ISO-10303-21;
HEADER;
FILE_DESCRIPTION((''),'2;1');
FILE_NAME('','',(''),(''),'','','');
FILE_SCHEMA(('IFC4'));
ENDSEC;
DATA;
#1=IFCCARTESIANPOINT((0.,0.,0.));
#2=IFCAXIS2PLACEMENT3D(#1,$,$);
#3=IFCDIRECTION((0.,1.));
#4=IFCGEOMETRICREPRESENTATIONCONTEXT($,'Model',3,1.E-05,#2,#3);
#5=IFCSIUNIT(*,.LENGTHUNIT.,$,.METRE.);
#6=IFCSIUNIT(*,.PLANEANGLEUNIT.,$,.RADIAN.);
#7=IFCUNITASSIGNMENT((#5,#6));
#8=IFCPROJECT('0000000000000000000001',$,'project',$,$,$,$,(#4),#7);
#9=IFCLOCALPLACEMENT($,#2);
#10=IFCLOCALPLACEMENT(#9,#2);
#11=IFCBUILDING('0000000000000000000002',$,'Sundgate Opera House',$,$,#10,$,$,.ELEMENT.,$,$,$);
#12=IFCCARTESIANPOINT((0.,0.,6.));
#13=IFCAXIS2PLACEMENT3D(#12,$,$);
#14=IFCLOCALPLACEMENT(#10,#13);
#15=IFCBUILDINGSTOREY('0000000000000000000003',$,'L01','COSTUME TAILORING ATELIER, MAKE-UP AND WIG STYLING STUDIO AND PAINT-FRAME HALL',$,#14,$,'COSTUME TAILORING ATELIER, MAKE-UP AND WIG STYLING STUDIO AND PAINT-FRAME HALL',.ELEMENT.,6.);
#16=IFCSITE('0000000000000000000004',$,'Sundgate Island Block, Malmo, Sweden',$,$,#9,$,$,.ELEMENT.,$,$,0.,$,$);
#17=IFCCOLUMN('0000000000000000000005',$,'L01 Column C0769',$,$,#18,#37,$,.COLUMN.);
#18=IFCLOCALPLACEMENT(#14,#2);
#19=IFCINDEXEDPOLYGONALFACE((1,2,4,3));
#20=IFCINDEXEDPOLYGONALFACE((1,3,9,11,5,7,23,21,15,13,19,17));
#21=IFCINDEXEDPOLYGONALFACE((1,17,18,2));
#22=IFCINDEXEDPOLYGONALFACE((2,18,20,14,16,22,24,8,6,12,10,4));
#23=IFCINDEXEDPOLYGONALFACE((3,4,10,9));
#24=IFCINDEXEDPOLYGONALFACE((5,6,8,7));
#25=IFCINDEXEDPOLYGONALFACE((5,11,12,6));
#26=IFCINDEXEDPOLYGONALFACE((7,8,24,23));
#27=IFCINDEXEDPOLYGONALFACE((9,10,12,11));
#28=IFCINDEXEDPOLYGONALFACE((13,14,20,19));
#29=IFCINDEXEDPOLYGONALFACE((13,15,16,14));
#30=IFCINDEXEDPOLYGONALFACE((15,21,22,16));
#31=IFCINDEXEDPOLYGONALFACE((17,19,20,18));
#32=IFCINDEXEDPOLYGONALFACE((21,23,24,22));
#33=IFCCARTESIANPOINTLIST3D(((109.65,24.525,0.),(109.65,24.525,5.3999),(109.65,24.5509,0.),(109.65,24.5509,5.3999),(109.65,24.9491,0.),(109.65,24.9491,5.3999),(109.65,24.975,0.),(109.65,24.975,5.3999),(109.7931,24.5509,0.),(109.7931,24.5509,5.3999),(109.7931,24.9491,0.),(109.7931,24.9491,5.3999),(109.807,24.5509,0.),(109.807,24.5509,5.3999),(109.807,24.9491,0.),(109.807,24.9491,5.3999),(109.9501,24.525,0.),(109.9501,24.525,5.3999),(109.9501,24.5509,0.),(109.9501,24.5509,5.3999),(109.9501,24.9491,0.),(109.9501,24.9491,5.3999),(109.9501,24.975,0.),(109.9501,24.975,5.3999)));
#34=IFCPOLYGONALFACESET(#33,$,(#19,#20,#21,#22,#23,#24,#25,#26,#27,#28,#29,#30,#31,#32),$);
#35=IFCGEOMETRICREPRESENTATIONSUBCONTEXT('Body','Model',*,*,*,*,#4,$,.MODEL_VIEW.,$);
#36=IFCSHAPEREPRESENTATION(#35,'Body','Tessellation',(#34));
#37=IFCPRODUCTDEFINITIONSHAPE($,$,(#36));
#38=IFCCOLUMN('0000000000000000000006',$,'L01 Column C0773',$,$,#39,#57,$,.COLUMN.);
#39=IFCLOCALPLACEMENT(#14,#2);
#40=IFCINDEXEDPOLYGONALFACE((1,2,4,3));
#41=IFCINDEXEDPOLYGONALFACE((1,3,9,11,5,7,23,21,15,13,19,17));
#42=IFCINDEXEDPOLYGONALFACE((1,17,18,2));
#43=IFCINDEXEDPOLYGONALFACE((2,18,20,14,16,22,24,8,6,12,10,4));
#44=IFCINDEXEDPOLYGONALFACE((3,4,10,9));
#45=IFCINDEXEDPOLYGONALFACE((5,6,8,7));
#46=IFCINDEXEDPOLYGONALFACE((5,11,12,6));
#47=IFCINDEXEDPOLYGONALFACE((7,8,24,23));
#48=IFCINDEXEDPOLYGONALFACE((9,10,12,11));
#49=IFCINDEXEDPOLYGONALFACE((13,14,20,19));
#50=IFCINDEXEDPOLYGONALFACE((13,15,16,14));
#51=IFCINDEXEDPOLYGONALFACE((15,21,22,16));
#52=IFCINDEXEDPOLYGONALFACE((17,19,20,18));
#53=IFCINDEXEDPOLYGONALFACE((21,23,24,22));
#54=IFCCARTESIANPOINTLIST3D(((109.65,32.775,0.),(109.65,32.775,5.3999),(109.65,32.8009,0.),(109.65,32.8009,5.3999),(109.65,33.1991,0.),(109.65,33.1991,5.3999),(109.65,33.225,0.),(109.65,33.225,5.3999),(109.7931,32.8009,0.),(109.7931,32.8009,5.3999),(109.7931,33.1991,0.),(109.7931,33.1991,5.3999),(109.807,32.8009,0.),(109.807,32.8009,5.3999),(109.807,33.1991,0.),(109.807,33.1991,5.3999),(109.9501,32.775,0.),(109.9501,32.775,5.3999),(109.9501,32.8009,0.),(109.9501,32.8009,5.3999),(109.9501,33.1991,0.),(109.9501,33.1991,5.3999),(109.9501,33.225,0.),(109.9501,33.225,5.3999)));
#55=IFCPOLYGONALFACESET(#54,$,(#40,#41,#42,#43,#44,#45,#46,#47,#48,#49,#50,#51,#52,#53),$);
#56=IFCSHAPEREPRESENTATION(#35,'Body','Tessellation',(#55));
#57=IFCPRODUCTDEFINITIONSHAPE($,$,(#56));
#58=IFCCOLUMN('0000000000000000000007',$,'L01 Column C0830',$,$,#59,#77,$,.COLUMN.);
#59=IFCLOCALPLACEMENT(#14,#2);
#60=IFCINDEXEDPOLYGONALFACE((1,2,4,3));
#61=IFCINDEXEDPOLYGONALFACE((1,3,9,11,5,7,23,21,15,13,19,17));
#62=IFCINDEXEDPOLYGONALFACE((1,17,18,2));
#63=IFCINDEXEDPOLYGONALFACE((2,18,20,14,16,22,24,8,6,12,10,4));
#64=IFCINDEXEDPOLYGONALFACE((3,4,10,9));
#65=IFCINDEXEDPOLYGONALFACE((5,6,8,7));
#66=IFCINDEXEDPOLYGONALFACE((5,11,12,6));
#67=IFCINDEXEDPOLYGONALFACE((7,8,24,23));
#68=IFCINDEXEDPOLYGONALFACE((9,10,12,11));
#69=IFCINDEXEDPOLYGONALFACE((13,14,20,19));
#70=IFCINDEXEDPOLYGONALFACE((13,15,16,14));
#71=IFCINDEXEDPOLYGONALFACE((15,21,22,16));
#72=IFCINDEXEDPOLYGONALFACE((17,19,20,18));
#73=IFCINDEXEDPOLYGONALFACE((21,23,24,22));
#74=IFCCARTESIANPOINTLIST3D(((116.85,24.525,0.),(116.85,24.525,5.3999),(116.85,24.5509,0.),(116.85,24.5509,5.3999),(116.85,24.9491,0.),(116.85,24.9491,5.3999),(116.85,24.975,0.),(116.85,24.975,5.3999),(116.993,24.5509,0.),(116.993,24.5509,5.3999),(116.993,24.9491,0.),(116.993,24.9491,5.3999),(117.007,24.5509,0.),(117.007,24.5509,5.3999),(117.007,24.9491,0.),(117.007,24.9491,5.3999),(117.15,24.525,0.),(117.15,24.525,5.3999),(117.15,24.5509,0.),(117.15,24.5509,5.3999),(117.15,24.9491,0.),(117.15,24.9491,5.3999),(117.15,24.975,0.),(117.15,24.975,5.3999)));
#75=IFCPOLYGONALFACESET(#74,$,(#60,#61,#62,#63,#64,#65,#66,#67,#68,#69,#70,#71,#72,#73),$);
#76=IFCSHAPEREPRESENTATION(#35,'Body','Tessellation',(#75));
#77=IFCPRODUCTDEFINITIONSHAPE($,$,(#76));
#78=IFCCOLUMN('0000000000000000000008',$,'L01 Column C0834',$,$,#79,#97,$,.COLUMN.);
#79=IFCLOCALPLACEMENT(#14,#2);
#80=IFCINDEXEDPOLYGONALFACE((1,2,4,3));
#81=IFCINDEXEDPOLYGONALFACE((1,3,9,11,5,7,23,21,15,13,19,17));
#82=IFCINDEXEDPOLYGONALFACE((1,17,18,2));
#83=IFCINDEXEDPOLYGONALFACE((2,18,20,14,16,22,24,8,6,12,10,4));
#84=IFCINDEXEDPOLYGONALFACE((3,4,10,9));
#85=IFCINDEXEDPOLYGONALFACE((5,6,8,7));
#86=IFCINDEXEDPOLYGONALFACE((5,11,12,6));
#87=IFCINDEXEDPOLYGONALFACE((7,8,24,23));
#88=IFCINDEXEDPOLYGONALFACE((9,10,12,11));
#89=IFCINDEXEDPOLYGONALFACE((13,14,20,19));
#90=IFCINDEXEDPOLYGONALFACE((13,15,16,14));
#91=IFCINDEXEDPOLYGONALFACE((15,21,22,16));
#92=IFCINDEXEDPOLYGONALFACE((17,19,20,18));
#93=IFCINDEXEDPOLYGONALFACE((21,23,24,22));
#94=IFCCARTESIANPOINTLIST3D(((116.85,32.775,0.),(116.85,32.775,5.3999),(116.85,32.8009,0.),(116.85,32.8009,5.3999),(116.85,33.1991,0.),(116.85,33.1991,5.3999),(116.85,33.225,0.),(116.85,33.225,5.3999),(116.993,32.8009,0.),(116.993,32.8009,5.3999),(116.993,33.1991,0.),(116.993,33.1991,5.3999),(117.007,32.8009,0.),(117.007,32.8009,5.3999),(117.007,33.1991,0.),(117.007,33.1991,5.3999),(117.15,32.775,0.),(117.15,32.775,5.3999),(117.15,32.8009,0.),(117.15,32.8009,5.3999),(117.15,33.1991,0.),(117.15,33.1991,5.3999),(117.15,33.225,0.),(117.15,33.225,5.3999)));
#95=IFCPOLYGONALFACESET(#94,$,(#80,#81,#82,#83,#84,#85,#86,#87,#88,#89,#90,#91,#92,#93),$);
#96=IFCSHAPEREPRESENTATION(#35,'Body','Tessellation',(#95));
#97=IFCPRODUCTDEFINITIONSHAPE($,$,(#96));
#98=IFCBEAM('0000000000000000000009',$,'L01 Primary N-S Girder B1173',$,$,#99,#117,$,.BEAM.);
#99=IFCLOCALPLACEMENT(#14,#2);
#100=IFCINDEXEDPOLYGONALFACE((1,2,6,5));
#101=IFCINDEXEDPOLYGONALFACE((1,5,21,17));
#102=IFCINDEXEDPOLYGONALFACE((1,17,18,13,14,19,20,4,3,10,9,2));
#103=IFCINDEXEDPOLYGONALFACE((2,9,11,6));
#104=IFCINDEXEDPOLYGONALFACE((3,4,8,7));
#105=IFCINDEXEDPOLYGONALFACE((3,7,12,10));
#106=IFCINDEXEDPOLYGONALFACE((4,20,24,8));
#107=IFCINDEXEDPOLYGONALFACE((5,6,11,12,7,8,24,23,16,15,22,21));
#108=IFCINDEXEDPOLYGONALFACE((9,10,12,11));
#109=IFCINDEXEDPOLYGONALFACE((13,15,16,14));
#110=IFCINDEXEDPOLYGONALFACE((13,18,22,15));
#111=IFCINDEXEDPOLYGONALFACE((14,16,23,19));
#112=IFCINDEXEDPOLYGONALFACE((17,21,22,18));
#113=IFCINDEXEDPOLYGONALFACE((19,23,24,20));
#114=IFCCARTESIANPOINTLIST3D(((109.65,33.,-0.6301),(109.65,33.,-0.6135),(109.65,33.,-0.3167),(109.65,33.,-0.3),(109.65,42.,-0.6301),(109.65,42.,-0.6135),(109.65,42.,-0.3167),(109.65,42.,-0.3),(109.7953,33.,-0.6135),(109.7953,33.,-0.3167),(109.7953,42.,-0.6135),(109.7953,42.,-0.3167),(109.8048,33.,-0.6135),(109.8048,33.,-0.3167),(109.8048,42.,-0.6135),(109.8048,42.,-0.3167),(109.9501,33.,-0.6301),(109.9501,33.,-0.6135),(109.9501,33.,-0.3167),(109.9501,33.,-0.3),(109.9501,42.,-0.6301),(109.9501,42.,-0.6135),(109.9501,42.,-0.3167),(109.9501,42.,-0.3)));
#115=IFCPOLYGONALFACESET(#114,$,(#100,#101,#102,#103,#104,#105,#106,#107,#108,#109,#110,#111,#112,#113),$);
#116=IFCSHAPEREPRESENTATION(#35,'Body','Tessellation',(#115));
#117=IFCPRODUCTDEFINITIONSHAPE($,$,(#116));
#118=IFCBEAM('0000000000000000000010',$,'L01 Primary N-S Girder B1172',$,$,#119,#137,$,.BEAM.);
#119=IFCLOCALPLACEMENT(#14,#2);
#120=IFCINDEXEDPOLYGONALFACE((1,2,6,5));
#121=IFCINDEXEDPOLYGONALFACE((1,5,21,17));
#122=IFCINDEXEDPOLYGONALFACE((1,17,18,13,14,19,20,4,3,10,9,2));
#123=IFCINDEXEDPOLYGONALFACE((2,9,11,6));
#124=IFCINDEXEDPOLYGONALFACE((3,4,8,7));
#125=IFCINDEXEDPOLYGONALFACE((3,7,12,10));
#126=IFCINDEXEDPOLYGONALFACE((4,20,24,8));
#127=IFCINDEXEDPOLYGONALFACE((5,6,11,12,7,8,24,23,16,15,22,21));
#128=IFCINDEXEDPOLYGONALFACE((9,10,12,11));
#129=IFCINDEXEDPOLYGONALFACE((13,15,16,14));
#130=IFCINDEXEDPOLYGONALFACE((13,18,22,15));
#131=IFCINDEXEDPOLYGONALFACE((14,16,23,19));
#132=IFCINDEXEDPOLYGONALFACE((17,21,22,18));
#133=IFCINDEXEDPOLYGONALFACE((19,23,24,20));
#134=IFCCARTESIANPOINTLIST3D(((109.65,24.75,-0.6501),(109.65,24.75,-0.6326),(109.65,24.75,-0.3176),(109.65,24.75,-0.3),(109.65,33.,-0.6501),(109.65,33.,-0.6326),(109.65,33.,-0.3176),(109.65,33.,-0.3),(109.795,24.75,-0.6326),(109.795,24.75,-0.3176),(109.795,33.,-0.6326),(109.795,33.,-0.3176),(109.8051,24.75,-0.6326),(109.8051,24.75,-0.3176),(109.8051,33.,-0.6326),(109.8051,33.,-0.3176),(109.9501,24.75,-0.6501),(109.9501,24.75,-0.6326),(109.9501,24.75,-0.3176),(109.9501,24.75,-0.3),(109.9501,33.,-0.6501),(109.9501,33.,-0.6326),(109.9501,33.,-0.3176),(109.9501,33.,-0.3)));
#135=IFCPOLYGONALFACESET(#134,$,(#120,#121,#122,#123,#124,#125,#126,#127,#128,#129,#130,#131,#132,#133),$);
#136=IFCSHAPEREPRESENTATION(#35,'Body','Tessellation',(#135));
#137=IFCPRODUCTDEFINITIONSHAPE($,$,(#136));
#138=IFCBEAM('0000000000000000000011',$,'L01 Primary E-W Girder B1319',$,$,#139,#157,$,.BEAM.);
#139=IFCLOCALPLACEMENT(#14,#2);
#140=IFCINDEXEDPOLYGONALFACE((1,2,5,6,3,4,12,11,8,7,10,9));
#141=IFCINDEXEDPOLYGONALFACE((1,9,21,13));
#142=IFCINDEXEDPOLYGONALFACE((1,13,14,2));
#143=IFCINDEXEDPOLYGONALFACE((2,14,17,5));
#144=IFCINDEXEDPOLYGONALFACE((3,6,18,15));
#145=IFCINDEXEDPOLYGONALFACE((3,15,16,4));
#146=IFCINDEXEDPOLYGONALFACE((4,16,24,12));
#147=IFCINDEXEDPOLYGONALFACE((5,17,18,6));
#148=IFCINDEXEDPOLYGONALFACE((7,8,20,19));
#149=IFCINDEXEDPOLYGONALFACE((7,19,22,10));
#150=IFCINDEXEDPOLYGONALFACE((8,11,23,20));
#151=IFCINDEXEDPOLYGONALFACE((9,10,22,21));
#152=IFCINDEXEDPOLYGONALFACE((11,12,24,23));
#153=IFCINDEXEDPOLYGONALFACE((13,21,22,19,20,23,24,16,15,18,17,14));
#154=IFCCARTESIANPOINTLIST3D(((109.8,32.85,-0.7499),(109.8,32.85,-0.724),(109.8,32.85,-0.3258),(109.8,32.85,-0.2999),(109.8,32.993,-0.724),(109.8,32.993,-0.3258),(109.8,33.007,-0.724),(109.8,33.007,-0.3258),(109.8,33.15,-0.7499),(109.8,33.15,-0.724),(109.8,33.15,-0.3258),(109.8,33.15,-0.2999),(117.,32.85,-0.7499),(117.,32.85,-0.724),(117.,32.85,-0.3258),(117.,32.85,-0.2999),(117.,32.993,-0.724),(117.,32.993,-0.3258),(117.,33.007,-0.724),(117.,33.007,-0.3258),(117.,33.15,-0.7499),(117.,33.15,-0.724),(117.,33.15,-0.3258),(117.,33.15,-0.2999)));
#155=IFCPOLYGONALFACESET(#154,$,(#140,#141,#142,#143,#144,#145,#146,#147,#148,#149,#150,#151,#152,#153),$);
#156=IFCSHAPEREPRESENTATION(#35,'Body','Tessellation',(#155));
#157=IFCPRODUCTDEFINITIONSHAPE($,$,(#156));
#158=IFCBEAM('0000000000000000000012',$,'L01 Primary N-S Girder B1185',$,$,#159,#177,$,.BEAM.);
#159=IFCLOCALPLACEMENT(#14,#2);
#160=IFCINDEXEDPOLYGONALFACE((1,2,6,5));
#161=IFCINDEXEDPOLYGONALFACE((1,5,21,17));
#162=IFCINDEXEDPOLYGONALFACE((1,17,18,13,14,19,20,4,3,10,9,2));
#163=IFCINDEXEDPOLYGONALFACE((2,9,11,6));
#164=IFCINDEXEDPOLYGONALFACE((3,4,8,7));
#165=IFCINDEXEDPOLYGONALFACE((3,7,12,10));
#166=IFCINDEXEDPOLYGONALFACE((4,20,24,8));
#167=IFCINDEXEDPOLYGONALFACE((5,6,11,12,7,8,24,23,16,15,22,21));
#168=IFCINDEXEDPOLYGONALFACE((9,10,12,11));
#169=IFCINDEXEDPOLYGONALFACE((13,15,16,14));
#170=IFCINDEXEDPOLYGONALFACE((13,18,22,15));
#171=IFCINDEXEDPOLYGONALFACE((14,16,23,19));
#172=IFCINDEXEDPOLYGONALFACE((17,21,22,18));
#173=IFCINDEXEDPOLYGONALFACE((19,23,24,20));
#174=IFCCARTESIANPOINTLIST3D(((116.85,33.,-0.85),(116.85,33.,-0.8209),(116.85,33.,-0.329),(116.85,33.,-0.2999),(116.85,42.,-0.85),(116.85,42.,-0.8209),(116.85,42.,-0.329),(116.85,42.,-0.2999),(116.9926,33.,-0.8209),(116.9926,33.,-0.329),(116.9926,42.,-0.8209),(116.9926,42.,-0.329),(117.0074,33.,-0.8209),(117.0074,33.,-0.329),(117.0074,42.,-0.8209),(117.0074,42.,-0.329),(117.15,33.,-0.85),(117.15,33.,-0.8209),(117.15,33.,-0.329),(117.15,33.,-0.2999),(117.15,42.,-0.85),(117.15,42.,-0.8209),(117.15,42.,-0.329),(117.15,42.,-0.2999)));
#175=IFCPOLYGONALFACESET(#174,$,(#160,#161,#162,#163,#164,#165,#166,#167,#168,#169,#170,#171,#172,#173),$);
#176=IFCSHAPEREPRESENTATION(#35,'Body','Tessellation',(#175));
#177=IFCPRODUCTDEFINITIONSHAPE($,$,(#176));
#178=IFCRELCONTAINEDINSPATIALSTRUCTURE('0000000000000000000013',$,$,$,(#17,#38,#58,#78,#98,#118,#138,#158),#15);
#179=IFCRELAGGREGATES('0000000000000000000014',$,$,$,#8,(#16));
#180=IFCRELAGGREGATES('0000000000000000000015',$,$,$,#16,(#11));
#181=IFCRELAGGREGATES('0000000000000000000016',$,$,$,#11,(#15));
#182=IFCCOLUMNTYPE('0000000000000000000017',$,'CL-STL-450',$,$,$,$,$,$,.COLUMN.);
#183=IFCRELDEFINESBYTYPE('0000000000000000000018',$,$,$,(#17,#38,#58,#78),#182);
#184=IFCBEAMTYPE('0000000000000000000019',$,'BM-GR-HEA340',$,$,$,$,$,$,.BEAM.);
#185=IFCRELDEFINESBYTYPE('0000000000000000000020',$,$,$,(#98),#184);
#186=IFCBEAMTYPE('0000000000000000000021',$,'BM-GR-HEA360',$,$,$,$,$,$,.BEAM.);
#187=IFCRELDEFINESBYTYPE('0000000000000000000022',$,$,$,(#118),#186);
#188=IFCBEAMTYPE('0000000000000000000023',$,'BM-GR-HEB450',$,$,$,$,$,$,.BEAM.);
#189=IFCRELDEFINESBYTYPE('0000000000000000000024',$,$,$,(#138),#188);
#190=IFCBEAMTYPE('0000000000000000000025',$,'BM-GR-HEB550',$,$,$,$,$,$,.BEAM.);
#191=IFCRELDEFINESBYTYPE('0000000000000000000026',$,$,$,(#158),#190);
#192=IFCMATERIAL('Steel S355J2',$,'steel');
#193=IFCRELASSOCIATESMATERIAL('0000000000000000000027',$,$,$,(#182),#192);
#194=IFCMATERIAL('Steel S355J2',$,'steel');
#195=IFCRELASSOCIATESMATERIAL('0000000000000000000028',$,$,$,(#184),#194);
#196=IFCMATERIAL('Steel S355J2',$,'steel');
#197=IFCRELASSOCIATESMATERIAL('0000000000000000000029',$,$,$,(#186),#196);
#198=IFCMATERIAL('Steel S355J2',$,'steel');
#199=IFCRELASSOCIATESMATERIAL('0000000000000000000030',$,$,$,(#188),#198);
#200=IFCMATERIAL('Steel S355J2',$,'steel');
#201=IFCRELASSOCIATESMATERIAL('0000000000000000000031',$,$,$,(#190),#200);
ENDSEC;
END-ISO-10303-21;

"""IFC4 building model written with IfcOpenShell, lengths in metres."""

from ifc_helpers import new_model, si_unit, direction, frame, origin, origin_2d, place, context, subcontext, project, spatial, i_section, extrude, material, material_profile, profile_set, type_object, element, save


model = new_model("IFC4")

# Units and contexts
model_context = context("Model", 3, precision=1e-05, world=origin(), true_north=direction((0.0, 1.0)))
body_context = subcontext(model_context, "Body", "Model", "MODEL_VIEW")
ifc_project = project(units=[si_unit("LENGTHUNIT", "METRE"), si_unit("PLANEANGLEUNIT", "RADIAN")], contexts=[model_context])

# Site, building, storey
site_placement = place(None, origin())
site = spatial("IfcSite", under=ifc_project, at=site_placement, Name="Sundgate Island Block, Malmo, Sweden", CompositionType="ELEMENT", RefElevation=0.0)
building_placement = place(site_placement, origin())
building = spatial("IfcBuilding", under=site, at=building_placement, Name="Sundgate Opera House", CompositionType="ELEMENT")
storey_placement = place(building_placement, frame((0.0, 0.0, 6.0)))
storey = spatial("IfcBuildingStorey", under=building, at=storey_placement, Name="L01", Description="COSTUME TAILORING ATELIER, MAKE-UP AND WIG STYLING STUDIO AND PAINT-FRAME HALL", LongName="COSTUME TAILORING ATELIER, MAKE-UP AND WIG STYLING STUDIO AND PAINT-FRAME HALL", CompositionType="ELEMENT", Elevation=6.0)

# Columns
ifc_material_1 = material(Name="Steel S355J2", Category="steel")
ifc_material_profile_1 = material_profile(ifc_material_1, i_section(OverallWidth=0.3, OverallDepth=0.45, WebThickness=0.0139, FlangeThickness=0.0259, at=origin_2d()), Name="HEB 450")
ifc_profile_set_1 = profile_set([ifc_material_profile_1], Name="Steel S355J2")
column_type = type_object("IfcColumnType", Name="CL-STL-450", PredefinedType="COLUMN", material=ifc_profile_set_1)
for number, where, z_axis, x_axis, name in (
    (1, (109.8, 24.75, 0.0), (0.0, 0.0, 1.0), (1.0, 0.0, 0.0), "L01 Column C0769"),
    (2, (109.8, 33.0, 0.0), (0.0, 0.0, 1.0), (1.0, 0.0, 0.0), "L01 Column C0773"),
    (3, (117.0, 24.75, 0.0), (0.0, 0.0, 1.0), (1.0, 0.0, 0.0), "L01 Column C0830"),
    (4, (117.0, 33.0, 0.0), (0.0, 0.0, 1.0), (1.0, 0.0, 0.0), "L01 Column C0834"),
):
    element("IfcColumn", number, at=place(storey_placement, frame(where, z_axis=z_axis, x_axis=x_axis)), inside=storey, type_object=column_type, Name=name, PredefinedType="COLUMN", context=body_context, shape_type="SweptSolid", body=[
        extrude(i_section(OverallWidth=0.3, OverallDepth=0.45, WebThickness=0.0139, FlangeThickness=0.0259, at=origin_2d()), origin(), (0.0, 0.0, 1.0), 5.3999),
    ])

# Beams
ifc_material_2 = material(Name="Steel S355J2", Category="steel")
ifc_material_profile_2 = material_profile(ifc_material_2, i_section(OverallWidth=0.3, OverallDepth=0.3301, WebThickness=0.0095, FlangeThickness=0.0166, at=origin_2d()), Name="HEA 340")
ifc_profile_set_2 = profile_set([ifc_material_profile_2], Name="Steel S355J2")
beam_type_1 = type_object("IfcBeamType", Name="BM-GR-HEA340", PredefinedType="BEAM", material=ifc_profile_set_2)
beam_1_placement = place(storey_placement, frame((109.8, 33.0, -0.4651), z_axis=(0.0, 1.0, 0.0), x_axis=(-1.0, 0.0, 0.0)))
element("IfcBeam", 5, at=beam_1_placement, inside=storey, type_object=beam_type_1, Name="L01 Primary N-S Girder B1173", PredefinedType="BEAM", context=body_context, shape_type="SweptSolid", body=[
    extrude(i_section(OverallWidth=0.3, OverallDepth=0.3301, WebThickness=0.0095, FlangeThickness=0.0166, at=origin_2d()), origin(), (0.0, 0.0, 1.0), 9.0),
])
ifc_material_3 = material(Name="Steel S355J2", Category="steel")
ifc_material_profile_3 = material_profile(ifc_material_3, i_section(OverallWidth=0.3, OverallDepth=0.3501, WebThickness=0.01, FlangeThickness=0.0176, at=origin_2d()), Name="HEA 360")
ifc_profile_set_3 = profile_set([ifc_material_profile_3], Name="Steel S355J2")
beam_type_2 = type_object("IfcBeamType", Name="BM-GR-HEA360", PredefinedType="BEAM", material=ifc_profile_set_3)
beam_2_placement = place(storey_placement, frame((109.8, 24.75, -0.4751), z_axis=(0.0, 1.0, 0.0), x_axis=(-1.0, 0.0, 0.0)))
element("IfcBeam", 6, at=beam_2_placement, inside=storey, type_object=beam_type_2, Name="L01 Primary N-S Girder B1172", PredefinedType="BEAM", context=body_context, shape_type="SweptSolid", body=[
    extrude(i_section(OverallWidth=0.3, OverallDepth=0.3501, WebThickness=0.01, FlangeThickness=0.0176, at=origin_2d()), origin(), (0.0, 0.0, 1.0), 8.25),
])
ifc_material_4 = material(Name="Steel S355J2", Category="steel")
ifc_material_profile_4 = material_profile(ifc_material_4, i_section(OverallWidth=0.3, OverallDepth=0.45, WebThickness=0.0139, FlangeThickness=0.0259, at=origin_2d()), Name="HEB 450")
ifc_profile_set_4 = profile_set([ifc_material_profile_4], Name="Steel S355J2")
beam_type_3 = type_object("IfcBeamType", Name="BM-GR-HEB450", PredefinedType="BEAM", material=ifc_profile_set_4)
beam_3_placement = place(storey_placement, frame((109.8, 33.0, -0.5249), z_axis=(1.0, 0.0, 0.0), x_axis=(0.0, 1.0, 0.0)))
element("IfcBeam", 7, at=beam_3_placement, inside=storey, type_object=beam_type_3, Name="L01 Primary E-W Girder B1319", PredefinedType="BEAM", context=body_context, shape_type="SweptSolid", body=[
    extrude(i_section(OverallWidth=0.3, OverallDepth=0.45, WebThickness=0.0139, FlangeThickness=0.0259, at=origin_2d()), origin(), (0.0, 0.0, 1.0), 7.2),
])
ifc_material_5 = material(Name="Steel S355J2", Category="steel")
ifc_material_profile_5 = material_profile(ifc_material_5, i_section(OverallWidth=0.3, OverallDepth=0.55, WebThickness=0.0149, FlangeThickness=0.0291, at=origin_2d()), Name="HEB 550")
ifc_profile_set_5 = profile_set([ifc_material_profile_5], Name="Steel S355J2")
beam_type_4 = type_object("IfcBeamType", Name="BM-GR-HEB550", PredefinedType="BEAM", material=ifc_profile_set_5)
beam_4_placement = place(storey_placement, frame((117.0, 33.0, -0.575), z_axis=(0.0, 1.0, 0.0), x_axis=(-1.0, 0.0, 0.0)))
element("IfcBeam", 8, at=beam_4_placement, inside=storey, type_object=beam_type_4, Name="L01 Primary N-S Girder B1185", PredefinedType="BEAM", context=body_context, shape_type="SweptSolid", body=[
    extrude(i_section(OverallWidth=0.3, OverallDepth=0.55, WebThickness=0.0149, FlangeThickness=0.0291, at=origin_2d()), origin(), (0.0, 0.0, 1.0), 9.0),
])

save(model, "model.ifc")
